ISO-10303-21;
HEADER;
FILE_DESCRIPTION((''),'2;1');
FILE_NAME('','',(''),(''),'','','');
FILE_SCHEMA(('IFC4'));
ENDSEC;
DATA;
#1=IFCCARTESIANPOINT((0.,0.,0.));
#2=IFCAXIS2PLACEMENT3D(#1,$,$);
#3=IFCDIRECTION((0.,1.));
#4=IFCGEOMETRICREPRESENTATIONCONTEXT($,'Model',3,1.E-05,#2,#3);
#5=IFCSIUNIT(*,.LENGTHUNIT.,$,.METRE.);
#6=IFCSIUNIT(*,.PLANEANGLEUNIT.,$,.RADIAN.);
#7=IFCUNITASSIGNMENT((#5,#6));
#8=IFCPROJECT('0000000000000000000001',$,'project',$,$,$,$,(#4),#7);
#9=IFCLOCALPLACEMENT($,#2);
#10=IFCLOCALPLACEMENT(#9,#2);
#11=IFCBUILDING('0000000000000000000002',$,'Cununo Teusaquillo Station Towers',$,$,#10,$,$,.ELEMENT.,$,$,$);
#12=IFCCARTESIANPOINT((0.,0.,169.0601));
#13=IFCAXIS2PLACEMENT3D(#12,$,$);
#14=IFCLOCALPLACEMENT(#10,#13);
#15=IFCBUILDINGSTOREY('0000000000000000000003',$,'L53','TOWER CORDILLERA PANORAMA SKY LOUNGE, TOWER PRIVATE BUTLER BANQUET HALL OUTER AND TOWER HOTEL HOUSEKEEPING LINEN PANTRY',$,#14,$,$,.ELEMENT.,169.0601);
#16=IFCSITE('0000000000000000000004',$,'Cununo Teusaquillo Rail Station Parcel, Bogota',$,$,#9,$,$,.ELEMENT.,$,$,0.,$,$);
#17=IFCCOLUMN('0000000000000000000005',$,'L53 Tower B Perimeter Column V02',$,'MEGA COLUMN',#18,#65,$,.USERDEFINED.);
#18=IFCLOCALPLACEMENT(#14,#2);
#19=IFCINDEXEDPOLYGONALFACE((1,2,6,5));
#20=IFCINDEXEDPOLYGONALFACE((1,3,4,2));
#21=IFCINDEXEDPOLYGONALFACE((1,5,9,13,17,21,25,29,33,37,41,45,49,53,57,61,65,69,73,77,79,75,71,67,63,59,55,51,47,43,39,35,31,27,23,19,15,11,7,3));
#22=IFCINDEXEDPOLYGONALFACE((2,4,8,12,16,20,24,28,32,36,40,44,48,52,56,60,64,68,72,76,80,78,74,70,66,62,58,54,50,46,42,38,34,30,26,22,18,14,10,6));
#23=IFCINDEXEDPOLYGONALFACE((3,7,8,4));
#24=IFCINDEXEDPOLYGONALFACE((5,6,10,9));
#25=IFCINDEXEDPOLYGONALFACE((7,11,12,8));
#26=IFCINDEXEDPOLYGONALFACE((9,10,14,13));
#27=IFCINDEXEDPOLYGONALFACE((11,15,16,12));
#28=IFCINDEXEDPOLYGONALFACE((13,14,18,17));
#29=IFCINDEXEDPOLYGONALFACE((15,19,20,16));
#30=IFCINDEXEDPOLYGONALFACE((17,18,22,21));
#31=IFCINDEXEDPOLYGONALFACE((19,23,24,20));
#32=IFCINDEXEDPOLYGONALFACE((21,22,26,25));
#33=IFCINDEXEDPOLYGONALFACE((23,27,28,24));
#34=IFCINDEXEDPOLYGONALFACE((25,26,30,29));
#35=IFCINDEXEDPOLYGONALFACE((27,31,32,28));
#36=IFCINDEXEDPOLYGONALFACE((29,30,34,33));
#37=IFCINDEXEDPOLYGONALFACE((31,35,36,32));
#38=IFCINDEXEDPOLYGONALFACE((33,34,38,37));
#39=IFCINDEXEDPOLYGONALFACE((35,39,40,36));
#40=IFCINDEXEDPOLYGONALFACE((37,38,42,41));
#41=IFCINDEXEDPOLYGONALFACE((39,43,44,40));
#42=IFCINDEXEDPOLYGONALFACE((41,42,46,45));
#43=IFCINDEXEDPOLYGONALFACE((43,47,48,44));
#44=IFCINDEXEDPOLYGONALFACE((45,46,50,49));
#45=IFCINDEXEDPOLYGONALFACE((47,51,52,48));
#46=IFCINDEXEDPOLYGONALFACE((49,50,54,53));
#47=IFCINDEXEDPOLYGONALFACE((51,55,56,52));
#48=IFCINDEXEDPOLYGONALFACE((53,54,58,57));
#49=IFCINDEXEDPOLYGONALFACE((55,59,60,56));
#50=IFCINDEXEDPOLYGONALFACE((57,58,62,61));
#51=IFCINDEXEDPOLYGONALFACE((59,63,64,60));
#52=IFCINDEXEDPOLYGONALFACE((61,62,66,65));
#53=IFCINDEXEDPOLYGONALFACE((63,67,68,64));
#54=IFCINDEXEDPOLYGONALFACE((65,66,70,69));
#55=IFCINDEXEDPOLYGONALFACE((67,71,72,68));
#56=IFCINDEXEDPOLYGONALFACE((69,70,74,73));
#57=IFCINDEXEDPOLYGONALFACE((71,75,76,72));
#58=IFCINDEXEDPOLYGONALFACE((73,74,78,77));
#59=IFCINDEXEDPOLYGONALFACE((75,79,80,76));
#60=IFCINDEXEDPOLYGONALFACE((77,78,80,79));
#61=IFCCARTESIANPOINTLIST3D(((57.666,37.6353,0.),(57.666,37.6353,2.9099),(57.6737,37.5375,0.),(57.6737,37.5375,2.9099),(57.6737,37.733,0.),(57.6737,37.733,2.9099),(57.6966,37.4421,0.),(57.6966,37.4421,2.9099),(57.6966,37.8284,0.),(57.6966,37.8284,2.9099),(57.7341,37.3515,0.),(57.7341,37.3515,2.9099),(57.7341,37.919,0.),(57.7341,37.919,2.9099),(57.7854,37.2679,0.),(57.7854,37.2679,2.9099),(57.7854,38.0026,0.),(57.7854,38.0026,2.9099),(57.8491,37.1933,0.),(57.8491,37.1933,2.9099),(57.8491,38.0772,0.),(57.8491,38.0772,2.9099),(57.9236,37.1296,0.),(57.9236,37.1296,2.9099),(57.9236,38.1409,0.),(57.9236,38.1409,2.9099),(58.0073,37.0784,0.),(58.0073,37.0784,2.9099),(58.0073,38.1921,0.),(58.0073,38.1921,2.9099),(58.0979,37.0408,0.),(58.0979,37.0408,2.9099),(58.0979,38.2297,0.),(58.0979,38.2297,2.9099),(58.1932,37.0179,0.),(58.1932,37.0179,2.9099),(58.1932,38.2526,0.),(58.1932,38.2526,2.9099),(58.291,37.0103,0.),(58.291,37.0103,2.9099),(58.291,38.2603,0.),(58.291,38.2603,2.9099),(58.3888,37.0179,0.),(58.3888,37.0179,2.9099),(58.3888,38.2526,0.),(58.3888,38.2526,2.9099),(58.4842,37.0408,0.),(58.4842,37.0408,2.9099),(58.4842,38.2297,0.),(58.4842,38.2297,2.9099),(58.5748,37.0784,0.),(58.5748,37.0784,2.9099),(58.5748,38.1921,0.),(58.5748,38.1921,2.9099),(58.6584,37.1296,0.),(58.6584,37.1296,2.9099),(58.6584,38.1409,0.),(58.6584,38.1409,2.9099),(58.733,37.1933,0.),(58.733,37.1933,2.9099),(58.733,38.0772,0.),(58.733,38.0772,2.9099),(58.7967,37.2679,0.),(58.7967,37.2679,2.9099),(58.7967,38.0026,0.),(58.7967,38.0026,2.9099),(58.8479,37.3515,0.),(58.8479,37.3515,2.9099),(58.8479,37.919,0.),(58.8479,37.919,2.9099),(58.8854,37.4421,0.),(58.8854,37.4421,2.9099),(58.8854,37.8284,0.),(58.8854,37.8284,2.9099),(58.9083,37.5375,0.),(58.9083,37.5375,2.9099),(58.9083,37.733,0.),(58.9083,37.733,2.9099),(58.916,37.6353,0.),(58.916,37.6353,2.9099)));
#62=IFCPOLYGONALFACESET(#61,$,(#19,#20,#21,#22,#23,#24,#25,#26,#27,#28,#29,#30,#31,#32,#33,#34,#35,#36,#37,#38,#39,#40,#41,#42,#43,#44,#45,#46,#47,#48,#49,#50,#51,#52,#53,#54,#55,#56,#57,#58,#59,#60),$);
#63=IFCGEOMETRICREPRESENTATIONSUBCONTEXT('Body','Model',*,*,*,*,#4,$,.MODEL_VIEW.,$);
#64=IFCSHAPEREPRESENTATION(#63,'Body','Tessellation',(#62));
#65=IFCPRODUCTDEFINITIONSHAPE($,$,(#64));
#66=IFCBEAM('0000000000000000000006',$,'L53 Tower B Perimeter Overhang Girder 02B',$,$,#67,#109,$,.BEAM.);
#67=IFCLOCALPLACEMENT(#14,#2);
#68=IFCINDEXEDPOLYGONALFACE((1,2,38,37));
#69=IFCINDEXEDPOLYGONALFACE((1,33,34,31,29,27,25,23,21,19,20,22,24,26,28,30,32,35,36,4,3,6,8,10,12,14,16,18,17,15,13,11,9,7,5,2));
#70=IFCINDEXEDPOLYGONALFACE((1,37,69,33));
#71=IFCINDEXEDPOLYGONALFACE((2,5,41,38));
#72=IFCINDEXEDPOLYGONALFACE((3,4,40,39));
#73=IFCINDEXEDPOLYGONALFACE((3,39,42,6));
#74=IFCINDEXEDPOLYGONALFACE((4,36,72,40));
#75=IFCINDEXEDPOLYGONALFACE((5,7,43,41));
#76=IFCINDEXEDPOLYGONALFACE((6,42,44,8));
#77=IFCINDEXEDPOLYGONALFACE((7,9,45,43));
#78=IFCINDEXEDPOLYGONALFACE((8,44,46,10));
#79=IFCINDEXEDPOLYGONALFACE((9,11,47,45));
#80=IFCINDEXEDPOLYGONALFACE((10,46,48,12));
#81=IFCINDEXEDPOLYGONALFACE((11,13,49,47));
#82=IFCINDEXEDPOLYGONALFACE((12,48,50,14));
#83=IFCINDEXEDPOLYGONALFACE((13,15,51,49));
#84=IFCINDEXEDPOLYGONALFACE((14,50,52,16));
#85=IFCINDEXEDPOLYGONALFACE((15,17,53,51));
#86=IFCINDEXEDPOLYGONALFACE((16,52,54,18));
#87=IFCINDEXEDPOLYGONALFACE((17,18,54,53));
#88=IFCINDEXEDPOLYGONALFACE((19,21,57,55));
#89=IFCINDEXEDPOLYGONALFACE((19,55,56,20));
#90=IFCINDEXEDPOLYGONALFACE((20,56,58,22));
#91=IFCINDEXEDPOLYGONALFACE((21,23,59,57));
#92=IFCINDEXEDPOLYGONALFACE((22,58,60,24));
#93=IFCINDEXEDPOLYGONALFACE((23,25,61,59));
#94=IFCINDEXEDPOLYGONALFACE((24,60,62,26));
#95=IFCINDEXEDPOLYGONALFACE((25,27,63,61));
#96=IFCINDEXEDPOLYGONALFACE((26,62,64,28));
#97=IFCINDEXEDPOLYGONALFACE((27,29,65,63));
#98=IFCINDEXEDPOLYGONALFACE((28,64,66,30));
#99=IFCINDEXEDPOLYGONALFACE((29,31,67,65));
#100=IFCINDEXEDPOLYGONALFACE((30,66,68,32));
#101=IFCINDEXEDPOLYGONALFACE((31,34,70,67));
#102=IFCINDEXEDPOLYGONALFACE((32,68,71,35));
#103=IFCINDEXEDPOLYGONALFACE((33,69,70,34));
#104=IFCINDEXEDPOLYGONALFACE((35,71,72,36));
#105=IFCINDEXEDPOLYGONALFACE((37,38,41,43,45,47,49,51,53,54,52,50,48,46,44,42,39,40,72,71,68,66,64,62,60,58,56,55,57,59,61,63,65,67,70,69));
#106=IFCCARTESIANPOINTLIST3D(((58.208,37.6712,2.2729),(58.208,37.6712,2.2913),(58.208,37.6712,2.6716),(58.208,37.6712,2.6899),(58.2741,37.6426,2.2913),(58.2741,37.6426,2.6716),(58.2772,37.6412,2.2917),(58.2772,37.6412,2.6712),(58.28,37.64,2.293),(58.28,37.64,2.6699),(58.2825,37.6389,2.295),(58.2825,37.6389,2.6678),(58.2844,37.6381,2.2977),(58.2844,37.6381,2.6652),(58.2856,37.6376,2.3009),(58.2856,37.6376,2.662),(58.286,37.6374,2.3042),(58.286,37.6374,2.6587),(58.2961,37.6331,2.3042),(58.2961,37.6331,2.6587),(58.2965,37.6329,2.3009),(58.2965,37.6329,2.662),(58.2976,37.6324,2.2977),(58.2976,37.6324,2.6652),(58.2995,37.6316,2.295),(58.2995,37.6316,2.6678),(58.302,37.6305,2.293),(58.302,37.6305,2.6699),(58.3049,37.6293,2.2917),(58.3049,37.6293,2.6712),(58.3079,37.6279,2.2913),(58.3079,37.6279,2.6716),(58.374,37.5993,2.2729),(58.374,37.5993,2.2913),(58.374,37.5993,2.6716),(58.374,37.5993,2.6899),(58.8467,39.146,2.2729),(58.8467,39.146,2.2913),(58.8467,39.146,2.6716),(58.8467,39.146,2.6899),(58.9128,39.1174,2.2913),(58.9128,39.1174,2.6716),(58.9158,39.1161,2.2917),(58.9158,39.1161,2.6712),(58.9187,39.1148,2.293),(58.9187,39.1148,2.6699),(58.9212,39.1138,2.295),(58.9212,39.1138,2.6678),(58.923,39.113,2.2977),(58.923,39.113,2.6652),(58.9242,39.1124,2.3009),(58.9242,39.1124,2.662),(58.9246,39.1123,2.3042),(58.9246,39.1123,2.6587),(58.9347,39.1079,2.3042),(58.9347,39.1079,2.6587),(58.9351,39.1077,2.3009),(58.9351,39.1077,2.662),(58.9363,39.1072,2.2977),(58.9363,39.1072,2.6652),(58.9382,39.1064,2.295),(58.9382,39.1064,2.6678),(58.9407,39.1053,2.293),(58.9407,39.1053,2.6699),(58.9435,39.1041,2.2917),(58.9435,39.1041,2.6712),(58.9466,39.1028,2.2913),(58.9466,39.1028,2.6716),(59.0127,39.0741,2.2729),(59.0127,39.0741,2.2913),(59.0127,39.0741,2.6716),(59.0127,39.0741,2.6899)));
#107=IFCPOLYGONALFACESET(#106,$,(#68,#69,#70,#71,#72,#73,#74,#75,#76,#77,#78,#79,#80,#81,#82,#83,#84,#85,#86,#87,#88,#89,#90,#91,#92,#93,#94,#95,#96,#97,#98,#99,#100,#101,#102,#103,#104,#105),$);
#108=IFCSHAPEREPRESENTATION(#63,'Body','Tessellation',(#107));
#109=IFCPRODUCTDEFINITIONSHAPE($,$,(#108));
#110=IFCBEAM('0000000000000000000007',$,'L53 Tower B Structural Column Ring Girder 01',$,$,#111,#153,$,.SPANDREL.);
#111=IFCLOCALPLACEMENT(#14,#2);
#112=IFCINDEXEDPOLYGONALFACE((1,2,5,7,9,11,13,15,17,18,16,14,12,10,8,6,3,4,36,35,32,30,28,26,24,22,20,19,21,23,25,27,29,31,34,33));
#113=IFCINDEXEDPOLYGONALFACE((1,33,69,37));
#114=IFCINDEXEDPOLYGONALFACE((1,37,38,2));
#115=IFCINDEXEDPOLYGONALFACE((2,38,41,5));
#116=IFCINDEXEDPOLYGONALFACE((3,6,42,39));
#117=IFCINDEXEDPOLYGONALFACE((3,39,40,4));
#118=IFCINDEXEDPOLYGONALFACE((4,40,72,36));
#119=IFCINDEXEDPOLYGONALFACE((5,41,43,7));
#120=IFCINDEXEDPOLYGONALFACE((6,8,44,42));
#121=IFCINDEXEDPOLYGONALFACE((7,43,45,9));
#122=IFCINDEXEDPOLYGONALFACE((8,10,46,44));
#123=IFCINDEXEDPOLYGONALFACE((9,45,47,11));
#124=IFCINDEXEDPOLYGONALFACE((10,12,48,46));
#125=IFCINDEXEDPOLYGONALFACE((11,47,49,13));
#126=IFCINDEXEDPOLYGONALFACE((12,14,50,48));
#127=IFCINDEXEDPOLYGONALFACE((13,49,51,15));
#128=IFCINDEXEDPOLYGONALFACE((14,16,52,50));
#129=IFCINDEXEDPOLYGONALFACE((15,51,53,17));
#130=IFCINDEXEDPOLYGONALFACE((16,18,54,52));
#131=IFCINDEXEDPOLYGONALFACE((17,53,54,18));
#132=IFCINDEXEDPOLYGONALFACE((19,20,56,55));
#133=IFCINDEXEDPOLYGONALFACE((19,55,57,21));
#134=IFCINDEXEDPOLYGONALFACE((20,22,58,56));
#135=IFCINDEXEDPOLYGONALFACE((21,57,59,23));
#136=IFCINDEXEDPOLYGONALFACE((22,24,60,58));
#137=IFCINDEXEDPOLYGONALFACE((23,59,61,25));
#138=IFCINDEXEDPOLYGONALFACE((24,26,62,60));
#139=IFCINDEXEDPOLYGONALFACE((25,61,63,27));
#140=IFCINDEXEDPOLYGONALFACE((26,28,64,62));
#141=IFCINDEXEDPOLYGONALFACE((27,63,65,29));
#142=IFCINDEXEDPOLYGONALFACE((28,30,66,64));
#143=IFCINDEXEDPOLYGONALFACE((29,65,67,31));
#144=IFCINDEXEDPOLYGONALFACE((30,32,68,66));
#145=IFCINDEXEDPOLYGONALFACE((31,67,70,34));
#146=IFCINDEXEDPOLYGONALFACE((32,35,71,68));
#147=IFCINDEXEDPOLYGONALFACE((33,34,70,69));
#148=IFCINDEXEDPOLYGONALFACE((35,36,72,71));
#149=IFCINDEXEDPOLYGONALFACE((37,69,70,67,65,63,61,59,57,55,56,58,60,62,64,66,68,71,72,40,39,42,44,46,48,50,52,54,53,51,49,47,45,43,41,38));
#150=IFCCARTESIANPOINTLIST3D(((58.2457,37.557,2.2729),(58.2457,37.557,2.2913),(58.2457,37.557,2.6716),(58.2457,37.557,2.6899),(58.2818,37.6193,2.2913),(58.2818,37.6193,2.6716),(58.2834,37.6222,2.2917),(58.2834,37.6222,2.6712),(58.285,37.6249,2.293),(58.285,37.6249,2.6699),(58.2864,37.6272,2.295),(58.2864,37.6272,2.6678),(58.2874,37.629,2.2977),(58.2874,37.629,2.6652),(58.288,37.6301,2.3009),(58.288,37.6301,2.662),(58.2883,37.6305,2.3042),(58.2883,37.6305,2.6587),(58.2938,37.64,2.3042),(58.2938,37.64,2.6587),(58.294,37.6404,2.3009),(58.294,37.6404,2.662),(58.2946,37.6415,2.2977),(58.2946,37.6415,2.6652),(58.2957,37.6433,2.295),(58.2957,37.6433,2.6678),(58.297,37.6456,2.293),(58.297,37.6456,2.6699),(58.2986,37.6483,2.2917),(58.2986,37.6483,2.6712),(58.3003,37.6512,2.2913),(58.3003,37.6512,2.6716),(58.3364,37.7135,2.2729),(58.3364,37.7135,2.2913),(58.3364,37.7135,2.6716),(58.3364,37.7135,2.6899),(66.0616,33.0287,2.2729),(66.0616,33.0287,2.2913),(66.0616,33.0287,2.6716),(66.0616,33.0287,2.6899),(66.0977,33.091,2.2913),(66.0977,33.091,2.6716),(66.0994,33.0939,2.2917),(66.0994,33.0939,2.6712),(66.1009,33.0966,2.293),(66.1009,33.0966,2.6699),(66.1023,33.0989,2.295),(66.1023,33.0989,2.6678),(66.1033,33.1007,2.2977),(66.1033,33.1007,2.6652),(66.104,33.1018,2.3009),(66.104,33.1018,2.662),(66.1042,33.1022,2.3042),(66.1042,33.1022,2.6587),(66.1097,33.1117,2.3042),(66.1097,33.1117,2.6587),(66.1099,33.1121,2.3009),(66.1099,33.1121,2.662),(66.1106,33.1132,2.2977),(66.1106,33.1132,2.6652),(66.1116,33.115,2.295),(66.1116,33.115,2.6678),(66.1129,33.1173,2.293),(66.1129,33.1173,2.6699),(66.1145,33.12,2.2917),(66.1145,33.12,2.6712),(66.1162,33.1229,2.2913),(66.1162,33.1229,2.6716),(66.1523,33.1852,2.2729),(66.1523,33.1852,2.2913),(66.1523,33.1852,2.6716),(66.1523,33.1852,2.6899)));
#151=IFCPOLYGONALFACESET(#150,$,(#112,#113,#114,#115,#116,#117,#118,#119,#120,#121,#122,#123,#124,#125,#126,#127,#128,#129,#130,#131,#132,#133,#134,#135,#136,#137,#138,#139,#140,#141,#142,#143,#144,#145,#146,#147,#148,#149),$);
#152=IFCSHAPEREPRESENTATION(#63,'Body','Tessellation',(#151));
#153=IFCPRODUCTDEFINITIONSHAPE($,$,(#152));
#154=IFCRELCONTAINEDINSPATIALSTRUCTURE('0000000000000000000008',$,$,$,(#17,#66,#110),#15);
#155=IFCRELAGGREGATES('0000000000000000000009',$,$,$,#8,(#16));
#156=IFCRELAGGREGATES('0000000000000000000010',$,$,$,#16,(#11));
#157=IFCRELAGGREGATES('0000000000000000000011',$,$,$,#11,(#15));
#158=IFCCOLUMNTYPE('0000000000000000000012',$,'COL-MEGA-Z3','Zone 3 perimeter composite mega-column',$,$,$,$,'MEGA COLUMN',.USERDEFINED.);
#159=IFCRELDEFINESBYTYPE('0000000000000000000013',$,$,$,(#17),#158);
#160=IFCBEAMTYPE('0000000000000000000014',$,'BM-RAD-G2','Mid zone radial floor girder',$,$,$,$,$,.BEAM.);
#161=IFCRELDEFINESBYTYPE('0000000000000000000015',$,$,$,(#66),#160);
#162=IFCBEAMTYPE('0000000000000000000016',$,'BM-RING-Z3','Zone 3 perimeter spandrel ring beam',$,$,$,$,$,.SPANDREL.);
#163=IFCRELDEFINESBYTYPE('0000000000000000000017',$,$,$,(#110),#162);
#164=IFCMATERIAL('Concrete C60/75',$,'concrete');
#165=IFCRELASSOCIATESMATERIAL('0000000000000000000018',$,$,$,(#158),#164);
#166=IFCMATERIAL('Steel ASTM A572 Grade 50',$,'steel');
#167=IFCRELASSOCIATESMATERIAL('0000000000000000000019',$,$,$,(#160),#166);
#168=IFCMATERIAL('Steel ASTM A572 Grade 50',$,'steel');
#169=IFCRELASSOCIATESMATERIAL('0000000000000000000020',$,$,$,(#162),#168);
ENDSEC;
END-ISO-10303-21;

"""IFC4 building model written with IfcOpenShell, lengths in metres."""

from ifc_helpers import new_model, si_unit, direction, frame, origin, origin_2d, place, context, subcontext, project, spatial, circle, i_section, extrude, material, material_profile, profile_set, type_object, element, save


model = new_model("IFC4")

# Units and contexts
model_context = context("Model", 3, precision=1e-05, world=origin(), true_north=direction((0.0, 1.0)))
body_context = subcontext(model_context, "Body", "Model", "MODEL_VIEW")
ifc_project = project(units=[si_unit("LENGTHUNIT", "METRE"), si_unit("PLANEANGLEUNIT", "RADIAN")], contexts=[model_context])

# Site, building, storey
site_placement = place(None, origin())
site = spatial("IfcSite", under=ifc_project, at=site_placement, Name="Cununo Teusaquillo Rail Station Parcel, Bogota", CompositionType="ELEMENT", RefElevation=0.0)
building_placement = place(site_placement, origin())
building = spatial("IfcBuilding", under=site, at=building_placement, Name="Cununo Teusaquillo Station Towers", CompositionType="ELEMENT")
storey_placement = place(building_placement, frame((0.0, 0.0, 169.0601)))
storey = spatial("IfcBuildingStorey", under=building, at=storey_placement, Name="L53", Description="TOWER CORDILLERA PANORAMA SKY LOUNGE, TOWER PRIVATE BUTLER BANQUET HALL OUTER AND TOWER HOTEL HOUSEKEEPING LINEN PANTRY", CompositionType="ELEMENT", Elevation=169.0601)

# Column
ifc_material_1 = material(Name="Concrete C60/75", Category="concrete")
ifc_material_profile_1 = material_profile(ifc_material_1, circle(Radius=0.625, at=origin_2d()), Name="RC-CIRC-1250")
ifc_profile_set_1 = profile_set([ifc_material_profile_1], Name="Concrete C60/75")
column_type = type_object("IfcColumnType", Name="COL-MEGA-Z3", Description="Zone 3 perimeter composite mega-column", ElementType="MEGA COLUMN", PredefinedType="USERDEFINED", material=ifc_profile_set_1)
column_placement = place(storey_placement, frame((58.291, 37.6353, 0.0), z_axis=(0.0, 0.0, 1.0), x_axis=(1.0, 0.0, 0.0)))
element("IfcColumn", 1, at=column_placement, inside=storey, type_object=column_type, Name="L53 Tower B Perimeter Column V02", ObjectType="MEGA COLUMN", PredefinedType="USERDEFINED", context=body_context, shape_type="SweptSolid", body=[
    extrude(circle(Radius=0.625, at=origin_2d()), origin(), (0.0, 0.0, 1.0), 2.9099),
])

# Beams
ifc_material_2 = material(Name="Steel ASTM A572 Grade 50", Category="steel")
ifc_material_profile_2 = material_profile(ifc_material_2, i_section(OverallWidth=0.1809, OverallDepth=0.417, WebThickness=0.011, FlangeThickness=0.0183, FilletRadius=0.0129, at=origin_2d()), Name="W16X57")
ifc_profile_set_2 = profile_set([ifc_material_profile_2], Name="Steel ASTM A572 Grade 50")
beam_type_1 = type_object("IfcBeamType", Name="BM-RAD-G2", Description="Mid zone radial floor girder", PredefinedType="BEAM", material=ifc_profile_set_2)
beam_1_placement = place(storey_placement, frame((58.291, 37.6353, 2.4814), z_axis=(0.397381, 0.917654, 0.0), x_axis=(-0.917654, 0.397381, 0.0)))
element("IfcBeam", 2, at=beam_1_placement, inside=storey, type_object=beam_type_1, Name="L53 Tower B Perimeter Overhang Girder 02B", PredefinedType="BEAM", context=body_context, shape_type="SweptSolid", body=[
    extrude(i_section(OverallWidth=0.1809, OverallDepth=0.417, WebThickness=0.011, FlangeThickness=0.0183, FilletRadius=0.0129, at=origin_2d()), origin(), (0.0, 0.0, 1.0), 1.6072),
])
ifc_material_3 = material(Name="Steel ASTM A572 Grade 50", Category="steel")
ifc_material_profile_3 = material_profile(ifc_material_3, i_section(OverallWidth=0.1809, OverallDepth=0.417, WebThickness=0.011, FlangeThickness=0.0183, FilletRadius=0.0129, at=origin_2d()), Name="W16X57")
ifc_profile_set_3 = profile_set([ifc_material_profile_3], Name="Steel ASTM A572 Grade 50")
beam_type_2 = type_object("IfcBeamType", Name="BM-RING-Z3", Description="Zone 3 perimeter spandrel ring beam", PredefinedType="SPANDREL", material=ifc_profile_set_3)
beam_2_placement = place(storey_placement, frame((66.1069, 33.1069, 2.4814), z_axis=(-0.865267, 0.501311, 0.0), x_axis=(-0.501311, -0.865267, 0.0)))
element("IfcBeam", 3, at=beam_2_placement, inside=storey, type_object=beam_type_2, Name="L53 Tower B Structural Column Ring Girder 01", PredefinedType="SPANDREL", context=body_context, shape_type="SweptSolid", body=[
    extrude(i_section(OverallWidth=0.1809, OverallDepth=0.417, WebThickness=0.011, FlangeThickness=0.0183, FilletRadius=0.0129, at=origin_2d()), origin(), (0.0, 0.0, 1.0), 9.033),
])

save(model, "model.ifc")
